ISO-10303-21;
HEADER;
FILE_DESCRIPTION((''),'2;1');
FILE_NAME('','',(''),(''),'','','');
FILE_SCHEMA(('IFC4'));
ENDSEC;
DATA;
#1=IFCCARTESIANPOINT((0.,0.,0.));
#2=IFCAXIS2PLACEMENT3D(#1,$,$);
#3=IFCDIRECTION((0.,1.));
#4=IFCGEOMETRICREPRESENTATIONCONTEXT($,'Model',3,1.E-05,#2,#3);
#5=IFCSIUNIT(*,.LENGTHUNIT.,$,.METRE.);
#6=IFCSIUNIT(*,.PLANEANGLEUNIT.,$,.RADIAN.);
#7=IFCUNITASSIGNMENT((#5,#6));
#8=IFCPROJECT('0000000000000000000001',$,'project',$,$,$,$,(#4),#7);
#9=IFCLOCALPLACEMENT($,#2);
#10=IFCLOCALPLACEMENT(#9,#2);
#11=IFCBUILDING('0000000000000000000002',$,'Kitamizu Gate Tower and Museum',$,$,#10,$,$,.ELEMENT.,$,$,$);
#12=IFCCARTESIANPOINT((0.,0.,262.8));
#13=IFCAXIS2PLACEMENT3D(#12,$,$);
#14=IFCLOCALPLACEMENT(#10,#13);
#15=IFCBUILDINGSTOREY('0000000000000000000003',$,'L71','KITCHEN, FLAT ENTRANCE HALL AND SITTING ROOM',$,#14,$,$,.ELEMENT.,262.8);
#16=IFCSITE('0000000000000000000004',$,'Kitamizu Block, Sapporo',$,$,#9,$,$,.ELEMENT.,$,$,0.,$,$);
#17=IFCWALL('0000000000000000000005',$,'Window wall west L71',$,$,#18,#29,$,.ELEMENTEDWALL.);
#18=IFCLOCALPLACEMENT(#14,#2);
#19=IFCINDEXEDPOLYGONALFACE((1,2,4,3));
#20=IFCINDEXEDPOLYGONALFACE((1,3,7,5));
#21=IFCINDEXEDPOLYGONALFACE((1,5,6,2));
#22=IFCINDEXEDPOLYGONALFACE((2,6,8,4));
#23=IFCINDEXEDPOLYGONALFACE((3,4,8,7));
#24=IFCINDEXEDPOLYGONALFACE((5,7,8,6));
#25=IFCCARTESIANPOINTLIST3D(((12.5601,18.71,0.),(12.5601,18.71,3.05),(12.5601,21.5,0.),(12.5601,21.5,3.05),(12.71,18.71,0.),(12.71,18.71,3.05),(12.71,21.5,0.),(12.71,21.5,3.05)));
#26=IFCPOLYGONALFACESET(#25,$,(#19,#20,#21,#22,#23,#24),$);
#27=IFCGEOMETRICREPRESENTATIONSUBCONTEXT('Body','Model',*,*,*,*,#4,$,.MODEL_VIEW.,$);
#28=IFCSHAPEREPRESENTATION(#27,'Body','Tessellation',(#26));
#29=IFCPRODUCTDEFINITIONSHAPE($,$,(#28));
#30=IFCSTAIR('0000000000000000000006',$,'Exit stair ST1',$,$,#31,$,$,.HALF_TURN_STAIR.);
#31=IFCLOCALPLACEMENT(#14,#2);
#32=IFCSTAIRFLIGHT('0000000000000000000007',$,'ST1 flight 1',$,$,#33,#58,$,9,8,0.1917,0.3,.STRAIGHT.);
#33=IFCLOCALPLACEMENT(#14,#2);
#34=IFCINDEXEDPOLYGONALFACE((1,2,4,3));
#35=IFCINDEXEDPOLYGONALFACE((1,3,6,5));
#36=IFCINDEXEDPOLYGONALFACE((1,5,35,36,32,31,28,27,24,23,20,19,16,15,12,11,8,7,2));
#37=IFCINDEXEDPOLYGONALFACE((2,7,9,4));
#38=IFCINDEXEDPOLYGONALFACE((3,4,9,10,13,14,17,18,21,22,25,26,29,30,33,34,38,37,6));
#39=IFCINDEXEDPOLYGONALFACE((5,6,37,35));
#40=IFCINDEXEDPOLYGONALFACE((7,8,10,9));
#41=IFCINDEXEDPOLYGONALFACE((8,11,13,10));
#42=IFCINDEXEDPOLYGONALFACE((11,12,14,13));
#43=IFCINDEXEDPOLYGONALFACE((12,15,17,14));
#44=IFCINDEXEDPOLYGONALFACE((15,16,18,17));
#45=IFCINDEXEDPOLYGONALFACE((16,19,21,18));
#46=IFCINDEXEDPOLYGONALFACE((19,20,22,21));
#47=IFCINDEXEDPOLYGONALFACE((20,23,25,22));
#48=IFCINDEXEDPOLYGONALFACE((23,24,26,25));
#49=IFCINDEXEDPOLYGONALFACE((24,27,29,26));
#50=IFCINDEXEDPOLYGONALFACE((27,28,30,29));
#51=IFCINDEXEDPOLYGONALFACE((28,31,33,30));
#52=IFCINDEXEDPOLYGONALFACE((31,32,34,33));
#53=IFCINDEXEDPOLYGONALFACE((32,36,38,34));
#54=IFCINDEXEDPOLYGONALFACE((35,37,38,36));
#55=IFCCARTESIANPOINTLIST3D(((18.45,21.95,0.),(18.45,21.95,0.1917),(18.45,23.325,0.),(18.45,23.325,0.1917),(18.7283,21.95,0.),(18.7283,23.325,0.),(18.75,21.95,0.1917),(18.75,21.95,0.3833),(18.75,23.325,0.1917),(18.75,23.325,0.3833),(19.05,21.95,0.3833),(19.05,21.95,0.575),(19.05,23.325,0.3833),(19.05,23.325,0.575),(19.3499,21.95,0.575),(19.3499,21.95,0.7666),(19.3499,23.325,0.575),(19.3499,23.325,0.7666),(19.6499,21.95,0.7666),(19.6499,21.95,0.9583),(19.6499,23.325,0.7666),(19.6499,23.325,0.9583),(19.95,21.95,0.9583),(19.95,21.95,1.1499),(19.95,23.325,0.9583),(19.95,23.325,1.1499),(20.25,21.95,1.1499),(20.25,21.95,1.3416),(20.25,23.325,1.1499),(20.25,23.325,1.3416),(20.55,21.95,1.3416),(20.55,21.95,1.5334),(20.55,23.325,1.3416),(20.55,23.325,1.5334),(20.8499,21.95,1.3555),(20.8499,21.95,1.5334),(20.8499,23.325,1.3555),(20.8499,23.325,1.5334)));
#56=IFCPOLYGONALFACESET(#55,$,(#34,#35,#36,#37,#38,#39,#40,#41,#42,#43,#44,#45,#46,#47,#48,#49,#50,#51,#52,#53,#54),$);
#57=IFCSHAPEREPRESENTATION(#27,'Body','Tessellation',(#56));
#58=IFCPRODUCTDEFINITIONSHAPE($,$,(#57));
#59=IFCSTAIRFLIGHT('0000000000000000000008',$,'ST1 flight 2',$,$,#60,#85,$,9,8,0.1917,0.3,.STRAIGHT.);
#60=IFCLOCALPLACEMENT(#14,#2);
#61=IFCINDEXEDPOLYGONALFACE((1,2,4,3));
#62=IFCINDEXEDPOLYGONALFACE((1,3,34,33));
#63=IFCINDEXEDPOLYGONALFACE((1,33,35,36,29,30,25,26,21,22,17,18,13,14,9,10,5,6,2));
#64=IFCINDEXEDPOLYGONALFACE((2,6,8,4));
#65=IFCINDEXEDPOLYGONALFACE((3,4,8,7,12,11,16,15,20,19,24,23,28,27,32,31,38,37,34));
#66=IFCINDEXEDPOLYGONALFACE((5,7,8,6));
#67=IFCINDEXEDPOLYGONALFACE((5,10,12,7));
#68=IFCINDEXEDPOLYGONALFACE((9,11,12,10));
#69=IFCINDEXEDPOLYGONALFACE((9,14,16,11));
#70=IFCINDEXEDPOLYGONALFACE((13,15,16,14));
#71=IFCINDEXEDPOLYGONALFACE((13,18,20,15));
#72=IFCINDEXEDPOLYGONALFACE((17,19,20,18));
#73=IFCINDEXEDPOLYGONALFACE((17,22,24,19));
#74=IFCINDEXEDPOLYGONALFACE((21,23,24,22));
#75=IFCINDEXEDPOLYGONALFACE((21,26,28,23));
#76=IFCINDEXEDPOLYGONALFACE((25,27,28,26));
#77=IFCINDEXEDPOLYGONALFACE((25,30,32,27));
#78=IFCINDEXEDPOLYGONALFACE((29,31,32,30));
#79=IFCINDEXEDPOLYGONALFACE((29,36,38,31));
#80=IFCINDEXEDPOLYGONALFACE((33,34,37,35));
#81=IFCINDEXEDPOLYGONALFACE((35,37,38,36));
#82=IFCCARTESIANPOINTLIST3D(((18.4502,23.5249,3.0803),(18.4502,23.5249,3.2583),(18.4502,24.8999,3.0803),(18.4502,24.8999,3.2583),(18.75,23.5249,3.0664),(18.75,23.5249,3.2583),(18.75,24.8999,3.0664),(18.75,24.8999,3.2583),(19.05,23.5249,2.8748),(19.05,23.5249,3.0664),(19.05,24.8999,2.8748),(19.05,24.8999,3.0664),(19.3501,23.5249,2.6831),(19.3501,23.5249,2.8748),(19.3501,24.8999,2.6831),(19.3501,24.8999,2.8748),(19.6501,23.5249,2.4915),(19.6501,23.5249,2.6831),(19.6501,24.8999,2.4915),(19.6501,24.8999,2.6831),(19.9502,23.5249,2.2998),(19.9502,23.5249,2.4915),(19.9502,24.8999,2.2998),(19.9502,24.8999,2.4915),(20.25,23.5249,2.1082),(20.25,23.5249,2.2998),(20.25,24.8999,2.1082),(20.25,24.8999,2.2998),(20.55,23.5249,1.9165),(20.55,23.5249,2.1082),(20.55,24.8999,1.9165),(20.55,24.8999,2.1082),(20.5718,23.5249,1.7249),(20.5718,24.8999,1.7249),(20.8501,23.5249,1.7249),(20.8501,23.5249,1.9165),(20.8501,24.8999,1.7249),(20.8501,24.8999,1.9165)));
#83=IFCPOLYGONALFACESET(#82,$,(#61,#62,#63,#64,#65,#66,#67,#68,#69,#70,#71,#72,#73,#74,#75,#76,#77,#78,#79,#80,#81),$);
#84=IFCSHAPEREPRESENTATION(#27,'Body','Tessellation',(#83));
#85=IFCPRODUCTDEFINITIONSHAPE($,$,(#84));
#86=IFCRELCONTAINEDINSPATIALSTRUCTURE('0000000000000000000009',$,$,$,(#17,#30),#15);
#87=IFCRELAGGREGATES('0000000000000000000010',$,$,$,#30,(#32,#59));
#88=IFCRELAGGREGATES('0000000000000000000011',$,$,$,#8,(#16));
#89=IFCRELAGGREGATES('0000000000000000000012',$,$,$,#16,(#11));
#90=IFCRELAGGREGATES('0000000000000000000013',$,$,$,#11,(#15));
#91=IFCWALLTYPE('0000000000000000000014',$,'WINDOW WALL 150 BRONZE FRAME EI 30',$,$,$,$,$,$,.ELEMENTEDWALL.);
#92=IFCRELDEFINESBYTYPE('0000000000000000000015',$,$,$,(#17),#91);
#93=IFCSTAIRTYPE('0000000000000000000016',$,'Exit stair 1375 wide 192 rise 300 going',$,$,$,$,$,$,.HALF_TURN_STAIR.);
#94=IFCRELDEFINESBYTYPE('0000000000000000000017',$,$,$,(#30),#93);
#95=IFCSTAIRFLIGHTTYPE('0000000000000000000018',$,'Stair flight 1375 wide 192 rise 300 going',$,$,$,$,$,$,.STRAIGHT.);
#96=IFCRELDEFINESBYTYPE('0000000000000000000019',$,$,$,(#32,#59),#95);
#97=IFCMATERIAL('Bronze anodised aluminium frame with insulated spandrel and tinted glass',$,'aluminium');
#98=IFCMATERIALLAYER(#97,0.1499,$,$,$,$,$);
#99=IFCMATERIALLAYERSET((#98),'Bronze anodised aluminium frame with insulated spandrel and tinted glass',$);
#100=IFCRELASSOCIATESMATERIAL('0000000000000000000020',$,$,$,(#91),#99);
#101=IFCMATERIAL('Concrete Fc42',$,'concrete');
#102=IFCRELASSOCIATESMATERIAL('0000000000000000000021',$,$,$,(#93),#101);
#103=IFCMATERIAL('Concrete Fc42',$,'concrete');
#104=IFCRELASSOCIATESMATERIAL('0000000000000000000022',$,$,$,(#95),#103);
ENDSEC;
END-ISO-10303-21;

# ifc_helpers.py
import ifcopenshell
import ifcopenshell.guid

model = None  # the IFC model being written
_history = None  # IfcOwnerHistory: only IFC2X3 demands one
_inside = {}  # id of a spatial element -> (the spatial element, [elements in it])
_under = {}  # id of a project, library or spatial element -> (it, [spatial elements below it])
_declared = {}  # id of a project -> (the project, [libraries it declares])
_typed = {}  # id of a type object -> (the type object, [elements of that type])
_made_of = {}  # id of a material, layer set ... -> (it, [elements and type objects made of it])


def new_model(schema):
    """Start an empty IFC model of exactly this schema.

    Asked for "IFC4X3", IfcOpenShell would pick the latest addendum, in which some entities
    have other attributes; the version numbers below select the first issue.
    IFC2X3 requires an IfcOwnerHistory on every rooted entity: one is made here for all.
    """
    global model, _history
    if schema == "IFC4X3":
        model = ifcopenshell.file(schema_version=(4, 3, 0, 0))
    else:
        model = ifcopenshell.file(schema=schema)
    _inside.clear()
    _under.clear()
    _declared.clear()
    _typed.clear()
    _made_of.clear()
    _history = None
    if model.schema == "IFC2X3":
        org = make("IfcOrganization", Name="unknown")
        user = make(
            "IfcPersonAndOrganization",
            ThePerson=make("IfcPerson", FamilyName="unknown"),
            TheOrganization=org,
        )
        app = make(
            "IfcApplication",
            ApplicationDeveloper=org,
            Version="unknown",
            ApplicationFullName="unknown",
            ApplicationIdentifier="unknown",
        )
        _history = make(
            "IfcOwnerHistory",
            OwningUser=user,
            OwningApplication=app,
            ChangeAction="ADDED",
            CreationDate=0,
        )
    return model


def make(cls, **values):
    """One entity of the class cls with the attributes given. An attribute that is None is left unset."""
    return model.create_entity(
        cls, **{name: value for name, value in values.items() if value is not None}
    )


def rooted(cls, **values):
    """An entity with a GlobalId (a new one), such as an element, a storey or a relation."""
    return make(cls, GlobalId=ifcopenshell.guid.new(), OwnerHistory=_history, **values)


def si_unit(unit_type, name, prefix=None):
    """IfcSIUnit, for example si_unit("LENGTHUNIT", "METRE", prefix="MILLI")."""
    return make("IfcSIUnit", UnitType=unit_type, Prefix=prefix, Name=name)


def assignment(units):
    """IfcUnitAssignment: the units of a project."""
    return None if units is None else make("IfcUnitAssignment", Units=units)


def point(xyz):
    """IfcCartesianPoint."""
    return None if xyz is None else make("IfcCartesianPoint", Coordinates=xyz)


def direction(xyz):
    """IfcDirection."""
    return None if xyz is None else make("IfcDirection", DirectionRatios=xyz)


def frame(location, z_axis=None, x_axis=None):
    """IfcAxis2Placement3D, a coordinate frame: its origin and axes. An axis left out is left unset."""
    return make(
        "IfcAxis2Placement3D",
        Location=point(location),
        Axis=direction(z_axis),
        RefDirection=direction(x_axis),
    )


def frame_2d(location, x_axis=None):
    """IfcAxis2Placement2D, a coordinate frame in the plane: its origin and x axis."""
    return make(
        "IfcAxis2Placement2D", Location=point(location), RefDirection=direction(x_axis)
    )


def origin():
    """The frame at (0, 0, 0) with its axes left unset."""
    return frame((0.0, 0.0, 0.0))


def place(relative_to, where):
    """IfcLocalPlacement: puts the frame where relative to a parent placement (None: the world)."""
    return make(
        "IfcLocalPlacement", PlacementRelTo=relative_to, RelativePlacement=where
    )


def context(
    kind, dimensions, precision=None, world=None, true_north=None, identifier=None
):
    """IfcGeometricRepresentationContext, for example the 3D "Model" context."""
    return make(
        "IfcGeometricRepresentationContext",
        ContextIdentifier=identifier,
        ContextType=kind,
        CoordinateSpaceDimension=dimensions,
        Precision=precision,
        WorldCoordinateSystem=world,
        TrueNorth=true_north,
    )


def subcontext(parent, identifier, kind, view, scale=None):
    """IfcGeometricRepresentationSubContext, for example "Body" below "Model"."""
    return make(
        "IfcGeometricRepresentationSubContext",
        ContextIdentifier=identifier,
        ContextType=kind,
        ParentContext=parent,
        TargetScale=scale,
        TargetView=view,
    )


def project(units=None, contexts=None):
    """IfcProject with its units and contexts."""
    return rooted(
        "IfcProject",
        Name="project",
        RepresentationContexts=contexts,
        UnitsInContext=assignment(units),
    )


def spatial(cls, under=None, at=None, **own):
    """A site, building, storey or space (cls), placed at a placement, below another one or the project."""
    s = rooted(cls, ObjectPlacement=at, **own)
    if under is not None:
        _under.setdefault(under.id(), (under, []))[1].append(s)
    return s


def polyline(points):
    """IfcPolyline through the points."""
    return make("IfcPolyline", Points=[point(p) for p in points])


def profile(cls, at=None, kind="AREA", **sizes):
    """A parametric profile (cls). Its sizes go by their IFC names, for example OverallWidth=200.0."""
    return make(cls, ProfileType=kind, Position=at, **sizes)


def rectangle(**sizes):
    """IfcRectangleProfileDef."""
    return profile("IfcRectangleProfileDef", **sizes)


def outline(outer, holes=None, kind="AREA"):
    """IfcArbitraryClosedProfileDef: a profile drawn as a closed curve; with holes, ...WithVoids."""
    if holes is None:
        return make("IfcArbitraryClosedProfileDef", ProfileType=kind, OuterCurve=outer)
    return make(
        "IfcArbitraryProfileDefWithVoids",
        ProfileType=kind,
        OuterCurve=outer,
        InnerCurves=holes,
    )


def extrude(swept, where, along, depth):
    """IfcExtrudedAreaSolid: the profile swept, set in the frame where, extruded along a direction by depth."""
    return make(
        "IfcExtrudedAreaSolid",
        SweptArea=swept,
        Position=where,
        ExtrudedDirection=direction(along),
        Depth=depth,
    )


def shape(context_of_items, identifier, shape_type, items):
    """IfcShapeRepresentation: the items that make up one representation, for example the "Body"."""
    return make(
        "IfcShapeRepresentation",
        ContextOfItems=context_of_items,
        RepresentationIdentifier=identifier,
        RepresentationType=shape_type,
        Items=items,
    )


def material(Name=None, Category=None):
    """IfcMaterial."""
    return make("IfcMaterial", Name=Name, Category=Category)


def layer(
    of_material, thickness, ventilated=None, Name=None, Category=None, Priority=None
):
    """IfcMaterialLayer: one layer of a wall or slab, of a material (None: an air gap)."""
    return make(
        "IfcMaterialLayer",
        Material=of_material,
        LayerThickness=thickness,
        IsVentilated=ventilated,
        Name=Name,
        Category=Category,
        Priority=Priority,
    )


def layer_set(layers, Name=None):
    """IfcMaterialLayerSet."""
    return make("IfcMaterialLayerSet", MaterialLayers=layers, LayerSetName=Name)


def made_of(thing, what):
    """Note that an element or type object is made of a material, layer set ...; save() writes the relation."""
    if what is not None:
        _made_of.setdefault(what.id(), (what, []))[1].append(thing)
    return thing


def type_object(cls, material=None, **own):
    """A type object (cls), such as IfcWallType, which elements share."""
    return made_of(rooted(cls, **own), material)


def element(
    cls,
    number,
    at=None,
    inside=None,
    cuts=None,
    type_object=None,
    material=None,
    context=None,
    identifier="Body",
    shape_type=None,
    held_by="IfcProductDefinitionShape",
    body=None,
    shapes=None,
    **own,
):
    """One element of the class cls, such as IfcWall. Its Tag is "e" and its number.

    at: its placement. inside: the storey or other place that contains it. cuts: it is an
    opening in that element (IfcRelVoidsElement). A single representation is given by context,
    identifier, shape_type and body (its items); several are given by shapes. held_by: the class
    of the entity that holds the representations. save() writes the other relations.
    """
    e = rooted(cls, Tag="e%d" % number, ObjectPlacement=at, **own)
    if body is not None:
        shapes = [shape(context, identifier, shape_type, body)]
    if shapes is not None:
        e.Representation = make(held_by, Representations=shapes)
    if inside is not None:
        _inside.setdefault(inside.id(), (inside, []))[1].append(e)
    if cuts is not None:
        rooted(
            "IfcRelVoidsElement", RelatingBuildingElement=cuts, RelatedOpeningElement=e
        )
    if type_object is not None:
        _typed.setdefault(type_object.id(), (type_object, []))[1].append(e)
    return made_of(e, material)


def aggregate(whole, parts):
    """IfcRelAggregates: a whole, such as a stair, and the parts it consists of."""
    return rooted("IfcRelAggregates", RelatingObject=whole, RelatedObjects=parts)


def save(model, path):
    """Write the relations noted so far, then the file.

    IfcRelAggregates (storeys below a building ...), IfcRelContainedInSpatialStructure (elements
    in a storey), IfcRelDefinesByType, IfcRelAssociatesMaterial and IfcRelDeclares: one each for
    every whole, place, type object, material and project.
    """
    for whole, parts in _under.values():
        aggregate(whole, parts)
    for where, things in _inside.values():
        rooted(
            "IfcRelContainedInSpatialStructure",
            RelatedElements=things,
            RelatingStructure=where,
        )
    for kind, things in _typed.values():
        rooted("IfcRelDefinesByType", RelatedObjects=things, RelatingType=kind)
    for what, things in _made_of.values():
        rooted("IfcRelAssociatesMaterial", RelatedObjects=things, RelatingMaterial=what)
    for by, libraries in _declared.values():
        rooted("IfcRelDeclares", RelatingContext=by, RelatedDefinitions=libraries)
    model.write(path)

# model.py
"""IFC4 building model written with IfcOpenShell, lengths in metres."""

from ifc_helpers import new_model, si_unit, direction, frame, frame_2d, origin, place, context, subcontext, project, spatial, polyline, rectangle, outline, extrude, material, layer, layer_set, type_object, element, aggregate, save


model = new_model("IFC4")

# Units and contexts
model_context = context("Model", 3, precision=1e-05, world=origin(), true_north=direction((0.0, 1.0)))
body_context = subcontext(model_context, "Body", "Model", "MODEL_VIEW")
ifc_project = project(units=[si_unit("LENGTHUNIT", "METRE"), si_unit("PLANEANGLEUNIT", "RADIAN")], contexts=[model_context])

# Site, building, storey
site_placement = place(None, origin())
site = spatial("IfcSite", under=ifc_project, at=site_placement, Name="Kitamizu Block, Sapporo", CompositionType="ELEMENT", RefElevation=0.0)
building_placement = place(site_placement, origin())
building = spatial("IfcBuilding", under=site, at=building_placement, Name="Kitamizu Gate Tower and Museum", CompositionType="ELEMENT")
storey_placement = place(building_placement, frame((0.0, 0.0, 262.8)))
storey = spatial("IfcBuildingStorey", under=building, at=storey_placement, Name="L71", Description="KITCHEN, FLAT ENTRANCE HALL AND SITTING ROOM", CompositionType="ELEMENT", Elevation=262.8)

# Wall
ifc_material_1 = material(Name="Bronze anodised aluminium frame with insulated spandrel and tinted glass", Category="aluminium")
ifc_layer_1 = layer(ifc_material_1, 0.1499)
ifc_layer_set_1 = layer_set([ifc_layer_1], Name="Bronze anodised aluminium frame with insulated spandrel and tinted glass")
wall_type_1 = type_object("IfcWallType", Name="WINDOW WALL 150 BRONZE FRAME EI 30", PredefinedType="ELEMENTEDWALL", material=ifc_layer_set_1)
wall_1_placement = place(storey_placement, frame((12.635, 18.71, 0.0), z_axis=(0.0, 0.0, 1.0), x_axis=(0.0, 1.0, 0.0)))
element("IfcWall", 1, at=wall_1_placement, inside=storey, type_object=wall_type_1, Name="Window wall west L71", PredefinedType="ELEMENTEDWALL", context=body_context, shape_type="SweptSolid", body=[
    extrude(rectangle(XDim=2.79, YDim=0.1499, at=frame_2d((1.395, 0.0))), origin(), (0.0, 0.0, 1.0), 3.05),
])

# Stair, stair flights
ifc_material_2 = material(Name="Concrete Fc42", Category="concrete")
stair_type = type_object("IfcStairType", Name="Exit stair 1375 wide 192 rise 300 going", PredefinedType="HALF_TURN_STAIR", material=ifc_material_2)
stair_placement = place(storey_placement, origin())
stair = element("IfcStair", 2, at=stair_placement, inside=storey, type_object=stair_type, Name="Exit stair ST1", PredefinedType="HALF_TURN_STAIR")
ifc_material_3 = material(Name="Concrete Fc42", Category="concrete")
stair_flight_type = type_object("IfcStairFlightType", Name="Stair flight 1375 wide 192 rise 300 going", PredefinedType="STRAIGHT", material=ifc_material_3)
stair_flight_1_placement = place(storey_placement, frame((18.45, 22.6375, 0.0), z_axis=(0.0, 0.0, 1.0), x_axis=(1.0, 0.0, 0.0)))
stair_flight_1 = element("IfcStairFlight", 3, at=stair_flight_1_placement, type_object=stair_flight_type, Name="ST1 flight 1", NumberOfRisers=9, NumberOfTreads=8, PredefinedType="STRAIGHT", RiserHeight=0.1917, TreadLength=0.3, context=body_context, shape_type="SweptSolid", body=[
    extrude(outline(polyline([(0.0, 0.0), (0.0, 0.1917), (0.3, 0.1917), (0.3, 0.3833), (0.6001, 0.3833), (0.6001, 0.575), (0.8999, 0.575), (0.8999, 0.7666), (1.2, 0.7666), (1.2, 0.9583), (1.5, 0.9583), (1.5, 1.1499), (1.8, 1.1499), (1.8, 1.3416), (2.1001, 1.3416), (2.1001, 1.5334), (2.3999, 1.5334), (2.3999, 1.7251), (2.3999, 1.3555), (0.2783, 0.0), (0.0, 0.0)])), frame((0.0, 0.6875, 0.0), z_axis=(0.0, -1.0, 0.0), x_axis=(1.0, 0.0, 0.0)), (0.0, 0.0, 1.0), 1.375),
])
stair_flight_2_placement = place(storey_placement, frame((20.8501, 24.2124, 1.7249), z_axis=(0.0, 0.0, 1.0), x_axis=(-1.0, 0.0, 0.0)))
stair_flight_2 = element("IfcStairFlight", 4, at=stair_flight_2_placement, type_object=stair_flight_type, Name="ST1 flight 2", NumberOfRisers=9, NumberOfTreads=8, PredefinedType="STRAIGHT", RiserHeight=0.1917, TreadLength=0.3, context=body_context, shape_type="SweptSolid", body=[
    extrude(outline(polyline([(0.0, 0.0), (0.0, 0.1917), (0.3, 0.1917), (0.3, 0.3833), (0.6001, 0.3833), (0.6001, 0.575), (0.8999, 0.575), (0.8999, 0.7666), (1.2, 0.7666), (1.2, 0.9583), (1.5, 0.9583), (1.5, 1.1499), (1.8, 1.1499), (1.8, 1.3416), (2.1001, 1.3416), (2.1001, 1.5334), (2.3999, 1.5334), (2.3999, 1.7251), (2.3999, 1.3555), (0.2783, 0.0), (0.0, 0.0)])), frame((0.0, 0.6875, 0.0), z_axis=(0.0, -1.0, 0.0), x_axis=(1.0, 0.0, 0.0)), (0.0, 0.0, 1.0), 1.375),
])
aggregate(stair, [stair_flight_1, stair_flight_2])

save(model, "model.ifc")
